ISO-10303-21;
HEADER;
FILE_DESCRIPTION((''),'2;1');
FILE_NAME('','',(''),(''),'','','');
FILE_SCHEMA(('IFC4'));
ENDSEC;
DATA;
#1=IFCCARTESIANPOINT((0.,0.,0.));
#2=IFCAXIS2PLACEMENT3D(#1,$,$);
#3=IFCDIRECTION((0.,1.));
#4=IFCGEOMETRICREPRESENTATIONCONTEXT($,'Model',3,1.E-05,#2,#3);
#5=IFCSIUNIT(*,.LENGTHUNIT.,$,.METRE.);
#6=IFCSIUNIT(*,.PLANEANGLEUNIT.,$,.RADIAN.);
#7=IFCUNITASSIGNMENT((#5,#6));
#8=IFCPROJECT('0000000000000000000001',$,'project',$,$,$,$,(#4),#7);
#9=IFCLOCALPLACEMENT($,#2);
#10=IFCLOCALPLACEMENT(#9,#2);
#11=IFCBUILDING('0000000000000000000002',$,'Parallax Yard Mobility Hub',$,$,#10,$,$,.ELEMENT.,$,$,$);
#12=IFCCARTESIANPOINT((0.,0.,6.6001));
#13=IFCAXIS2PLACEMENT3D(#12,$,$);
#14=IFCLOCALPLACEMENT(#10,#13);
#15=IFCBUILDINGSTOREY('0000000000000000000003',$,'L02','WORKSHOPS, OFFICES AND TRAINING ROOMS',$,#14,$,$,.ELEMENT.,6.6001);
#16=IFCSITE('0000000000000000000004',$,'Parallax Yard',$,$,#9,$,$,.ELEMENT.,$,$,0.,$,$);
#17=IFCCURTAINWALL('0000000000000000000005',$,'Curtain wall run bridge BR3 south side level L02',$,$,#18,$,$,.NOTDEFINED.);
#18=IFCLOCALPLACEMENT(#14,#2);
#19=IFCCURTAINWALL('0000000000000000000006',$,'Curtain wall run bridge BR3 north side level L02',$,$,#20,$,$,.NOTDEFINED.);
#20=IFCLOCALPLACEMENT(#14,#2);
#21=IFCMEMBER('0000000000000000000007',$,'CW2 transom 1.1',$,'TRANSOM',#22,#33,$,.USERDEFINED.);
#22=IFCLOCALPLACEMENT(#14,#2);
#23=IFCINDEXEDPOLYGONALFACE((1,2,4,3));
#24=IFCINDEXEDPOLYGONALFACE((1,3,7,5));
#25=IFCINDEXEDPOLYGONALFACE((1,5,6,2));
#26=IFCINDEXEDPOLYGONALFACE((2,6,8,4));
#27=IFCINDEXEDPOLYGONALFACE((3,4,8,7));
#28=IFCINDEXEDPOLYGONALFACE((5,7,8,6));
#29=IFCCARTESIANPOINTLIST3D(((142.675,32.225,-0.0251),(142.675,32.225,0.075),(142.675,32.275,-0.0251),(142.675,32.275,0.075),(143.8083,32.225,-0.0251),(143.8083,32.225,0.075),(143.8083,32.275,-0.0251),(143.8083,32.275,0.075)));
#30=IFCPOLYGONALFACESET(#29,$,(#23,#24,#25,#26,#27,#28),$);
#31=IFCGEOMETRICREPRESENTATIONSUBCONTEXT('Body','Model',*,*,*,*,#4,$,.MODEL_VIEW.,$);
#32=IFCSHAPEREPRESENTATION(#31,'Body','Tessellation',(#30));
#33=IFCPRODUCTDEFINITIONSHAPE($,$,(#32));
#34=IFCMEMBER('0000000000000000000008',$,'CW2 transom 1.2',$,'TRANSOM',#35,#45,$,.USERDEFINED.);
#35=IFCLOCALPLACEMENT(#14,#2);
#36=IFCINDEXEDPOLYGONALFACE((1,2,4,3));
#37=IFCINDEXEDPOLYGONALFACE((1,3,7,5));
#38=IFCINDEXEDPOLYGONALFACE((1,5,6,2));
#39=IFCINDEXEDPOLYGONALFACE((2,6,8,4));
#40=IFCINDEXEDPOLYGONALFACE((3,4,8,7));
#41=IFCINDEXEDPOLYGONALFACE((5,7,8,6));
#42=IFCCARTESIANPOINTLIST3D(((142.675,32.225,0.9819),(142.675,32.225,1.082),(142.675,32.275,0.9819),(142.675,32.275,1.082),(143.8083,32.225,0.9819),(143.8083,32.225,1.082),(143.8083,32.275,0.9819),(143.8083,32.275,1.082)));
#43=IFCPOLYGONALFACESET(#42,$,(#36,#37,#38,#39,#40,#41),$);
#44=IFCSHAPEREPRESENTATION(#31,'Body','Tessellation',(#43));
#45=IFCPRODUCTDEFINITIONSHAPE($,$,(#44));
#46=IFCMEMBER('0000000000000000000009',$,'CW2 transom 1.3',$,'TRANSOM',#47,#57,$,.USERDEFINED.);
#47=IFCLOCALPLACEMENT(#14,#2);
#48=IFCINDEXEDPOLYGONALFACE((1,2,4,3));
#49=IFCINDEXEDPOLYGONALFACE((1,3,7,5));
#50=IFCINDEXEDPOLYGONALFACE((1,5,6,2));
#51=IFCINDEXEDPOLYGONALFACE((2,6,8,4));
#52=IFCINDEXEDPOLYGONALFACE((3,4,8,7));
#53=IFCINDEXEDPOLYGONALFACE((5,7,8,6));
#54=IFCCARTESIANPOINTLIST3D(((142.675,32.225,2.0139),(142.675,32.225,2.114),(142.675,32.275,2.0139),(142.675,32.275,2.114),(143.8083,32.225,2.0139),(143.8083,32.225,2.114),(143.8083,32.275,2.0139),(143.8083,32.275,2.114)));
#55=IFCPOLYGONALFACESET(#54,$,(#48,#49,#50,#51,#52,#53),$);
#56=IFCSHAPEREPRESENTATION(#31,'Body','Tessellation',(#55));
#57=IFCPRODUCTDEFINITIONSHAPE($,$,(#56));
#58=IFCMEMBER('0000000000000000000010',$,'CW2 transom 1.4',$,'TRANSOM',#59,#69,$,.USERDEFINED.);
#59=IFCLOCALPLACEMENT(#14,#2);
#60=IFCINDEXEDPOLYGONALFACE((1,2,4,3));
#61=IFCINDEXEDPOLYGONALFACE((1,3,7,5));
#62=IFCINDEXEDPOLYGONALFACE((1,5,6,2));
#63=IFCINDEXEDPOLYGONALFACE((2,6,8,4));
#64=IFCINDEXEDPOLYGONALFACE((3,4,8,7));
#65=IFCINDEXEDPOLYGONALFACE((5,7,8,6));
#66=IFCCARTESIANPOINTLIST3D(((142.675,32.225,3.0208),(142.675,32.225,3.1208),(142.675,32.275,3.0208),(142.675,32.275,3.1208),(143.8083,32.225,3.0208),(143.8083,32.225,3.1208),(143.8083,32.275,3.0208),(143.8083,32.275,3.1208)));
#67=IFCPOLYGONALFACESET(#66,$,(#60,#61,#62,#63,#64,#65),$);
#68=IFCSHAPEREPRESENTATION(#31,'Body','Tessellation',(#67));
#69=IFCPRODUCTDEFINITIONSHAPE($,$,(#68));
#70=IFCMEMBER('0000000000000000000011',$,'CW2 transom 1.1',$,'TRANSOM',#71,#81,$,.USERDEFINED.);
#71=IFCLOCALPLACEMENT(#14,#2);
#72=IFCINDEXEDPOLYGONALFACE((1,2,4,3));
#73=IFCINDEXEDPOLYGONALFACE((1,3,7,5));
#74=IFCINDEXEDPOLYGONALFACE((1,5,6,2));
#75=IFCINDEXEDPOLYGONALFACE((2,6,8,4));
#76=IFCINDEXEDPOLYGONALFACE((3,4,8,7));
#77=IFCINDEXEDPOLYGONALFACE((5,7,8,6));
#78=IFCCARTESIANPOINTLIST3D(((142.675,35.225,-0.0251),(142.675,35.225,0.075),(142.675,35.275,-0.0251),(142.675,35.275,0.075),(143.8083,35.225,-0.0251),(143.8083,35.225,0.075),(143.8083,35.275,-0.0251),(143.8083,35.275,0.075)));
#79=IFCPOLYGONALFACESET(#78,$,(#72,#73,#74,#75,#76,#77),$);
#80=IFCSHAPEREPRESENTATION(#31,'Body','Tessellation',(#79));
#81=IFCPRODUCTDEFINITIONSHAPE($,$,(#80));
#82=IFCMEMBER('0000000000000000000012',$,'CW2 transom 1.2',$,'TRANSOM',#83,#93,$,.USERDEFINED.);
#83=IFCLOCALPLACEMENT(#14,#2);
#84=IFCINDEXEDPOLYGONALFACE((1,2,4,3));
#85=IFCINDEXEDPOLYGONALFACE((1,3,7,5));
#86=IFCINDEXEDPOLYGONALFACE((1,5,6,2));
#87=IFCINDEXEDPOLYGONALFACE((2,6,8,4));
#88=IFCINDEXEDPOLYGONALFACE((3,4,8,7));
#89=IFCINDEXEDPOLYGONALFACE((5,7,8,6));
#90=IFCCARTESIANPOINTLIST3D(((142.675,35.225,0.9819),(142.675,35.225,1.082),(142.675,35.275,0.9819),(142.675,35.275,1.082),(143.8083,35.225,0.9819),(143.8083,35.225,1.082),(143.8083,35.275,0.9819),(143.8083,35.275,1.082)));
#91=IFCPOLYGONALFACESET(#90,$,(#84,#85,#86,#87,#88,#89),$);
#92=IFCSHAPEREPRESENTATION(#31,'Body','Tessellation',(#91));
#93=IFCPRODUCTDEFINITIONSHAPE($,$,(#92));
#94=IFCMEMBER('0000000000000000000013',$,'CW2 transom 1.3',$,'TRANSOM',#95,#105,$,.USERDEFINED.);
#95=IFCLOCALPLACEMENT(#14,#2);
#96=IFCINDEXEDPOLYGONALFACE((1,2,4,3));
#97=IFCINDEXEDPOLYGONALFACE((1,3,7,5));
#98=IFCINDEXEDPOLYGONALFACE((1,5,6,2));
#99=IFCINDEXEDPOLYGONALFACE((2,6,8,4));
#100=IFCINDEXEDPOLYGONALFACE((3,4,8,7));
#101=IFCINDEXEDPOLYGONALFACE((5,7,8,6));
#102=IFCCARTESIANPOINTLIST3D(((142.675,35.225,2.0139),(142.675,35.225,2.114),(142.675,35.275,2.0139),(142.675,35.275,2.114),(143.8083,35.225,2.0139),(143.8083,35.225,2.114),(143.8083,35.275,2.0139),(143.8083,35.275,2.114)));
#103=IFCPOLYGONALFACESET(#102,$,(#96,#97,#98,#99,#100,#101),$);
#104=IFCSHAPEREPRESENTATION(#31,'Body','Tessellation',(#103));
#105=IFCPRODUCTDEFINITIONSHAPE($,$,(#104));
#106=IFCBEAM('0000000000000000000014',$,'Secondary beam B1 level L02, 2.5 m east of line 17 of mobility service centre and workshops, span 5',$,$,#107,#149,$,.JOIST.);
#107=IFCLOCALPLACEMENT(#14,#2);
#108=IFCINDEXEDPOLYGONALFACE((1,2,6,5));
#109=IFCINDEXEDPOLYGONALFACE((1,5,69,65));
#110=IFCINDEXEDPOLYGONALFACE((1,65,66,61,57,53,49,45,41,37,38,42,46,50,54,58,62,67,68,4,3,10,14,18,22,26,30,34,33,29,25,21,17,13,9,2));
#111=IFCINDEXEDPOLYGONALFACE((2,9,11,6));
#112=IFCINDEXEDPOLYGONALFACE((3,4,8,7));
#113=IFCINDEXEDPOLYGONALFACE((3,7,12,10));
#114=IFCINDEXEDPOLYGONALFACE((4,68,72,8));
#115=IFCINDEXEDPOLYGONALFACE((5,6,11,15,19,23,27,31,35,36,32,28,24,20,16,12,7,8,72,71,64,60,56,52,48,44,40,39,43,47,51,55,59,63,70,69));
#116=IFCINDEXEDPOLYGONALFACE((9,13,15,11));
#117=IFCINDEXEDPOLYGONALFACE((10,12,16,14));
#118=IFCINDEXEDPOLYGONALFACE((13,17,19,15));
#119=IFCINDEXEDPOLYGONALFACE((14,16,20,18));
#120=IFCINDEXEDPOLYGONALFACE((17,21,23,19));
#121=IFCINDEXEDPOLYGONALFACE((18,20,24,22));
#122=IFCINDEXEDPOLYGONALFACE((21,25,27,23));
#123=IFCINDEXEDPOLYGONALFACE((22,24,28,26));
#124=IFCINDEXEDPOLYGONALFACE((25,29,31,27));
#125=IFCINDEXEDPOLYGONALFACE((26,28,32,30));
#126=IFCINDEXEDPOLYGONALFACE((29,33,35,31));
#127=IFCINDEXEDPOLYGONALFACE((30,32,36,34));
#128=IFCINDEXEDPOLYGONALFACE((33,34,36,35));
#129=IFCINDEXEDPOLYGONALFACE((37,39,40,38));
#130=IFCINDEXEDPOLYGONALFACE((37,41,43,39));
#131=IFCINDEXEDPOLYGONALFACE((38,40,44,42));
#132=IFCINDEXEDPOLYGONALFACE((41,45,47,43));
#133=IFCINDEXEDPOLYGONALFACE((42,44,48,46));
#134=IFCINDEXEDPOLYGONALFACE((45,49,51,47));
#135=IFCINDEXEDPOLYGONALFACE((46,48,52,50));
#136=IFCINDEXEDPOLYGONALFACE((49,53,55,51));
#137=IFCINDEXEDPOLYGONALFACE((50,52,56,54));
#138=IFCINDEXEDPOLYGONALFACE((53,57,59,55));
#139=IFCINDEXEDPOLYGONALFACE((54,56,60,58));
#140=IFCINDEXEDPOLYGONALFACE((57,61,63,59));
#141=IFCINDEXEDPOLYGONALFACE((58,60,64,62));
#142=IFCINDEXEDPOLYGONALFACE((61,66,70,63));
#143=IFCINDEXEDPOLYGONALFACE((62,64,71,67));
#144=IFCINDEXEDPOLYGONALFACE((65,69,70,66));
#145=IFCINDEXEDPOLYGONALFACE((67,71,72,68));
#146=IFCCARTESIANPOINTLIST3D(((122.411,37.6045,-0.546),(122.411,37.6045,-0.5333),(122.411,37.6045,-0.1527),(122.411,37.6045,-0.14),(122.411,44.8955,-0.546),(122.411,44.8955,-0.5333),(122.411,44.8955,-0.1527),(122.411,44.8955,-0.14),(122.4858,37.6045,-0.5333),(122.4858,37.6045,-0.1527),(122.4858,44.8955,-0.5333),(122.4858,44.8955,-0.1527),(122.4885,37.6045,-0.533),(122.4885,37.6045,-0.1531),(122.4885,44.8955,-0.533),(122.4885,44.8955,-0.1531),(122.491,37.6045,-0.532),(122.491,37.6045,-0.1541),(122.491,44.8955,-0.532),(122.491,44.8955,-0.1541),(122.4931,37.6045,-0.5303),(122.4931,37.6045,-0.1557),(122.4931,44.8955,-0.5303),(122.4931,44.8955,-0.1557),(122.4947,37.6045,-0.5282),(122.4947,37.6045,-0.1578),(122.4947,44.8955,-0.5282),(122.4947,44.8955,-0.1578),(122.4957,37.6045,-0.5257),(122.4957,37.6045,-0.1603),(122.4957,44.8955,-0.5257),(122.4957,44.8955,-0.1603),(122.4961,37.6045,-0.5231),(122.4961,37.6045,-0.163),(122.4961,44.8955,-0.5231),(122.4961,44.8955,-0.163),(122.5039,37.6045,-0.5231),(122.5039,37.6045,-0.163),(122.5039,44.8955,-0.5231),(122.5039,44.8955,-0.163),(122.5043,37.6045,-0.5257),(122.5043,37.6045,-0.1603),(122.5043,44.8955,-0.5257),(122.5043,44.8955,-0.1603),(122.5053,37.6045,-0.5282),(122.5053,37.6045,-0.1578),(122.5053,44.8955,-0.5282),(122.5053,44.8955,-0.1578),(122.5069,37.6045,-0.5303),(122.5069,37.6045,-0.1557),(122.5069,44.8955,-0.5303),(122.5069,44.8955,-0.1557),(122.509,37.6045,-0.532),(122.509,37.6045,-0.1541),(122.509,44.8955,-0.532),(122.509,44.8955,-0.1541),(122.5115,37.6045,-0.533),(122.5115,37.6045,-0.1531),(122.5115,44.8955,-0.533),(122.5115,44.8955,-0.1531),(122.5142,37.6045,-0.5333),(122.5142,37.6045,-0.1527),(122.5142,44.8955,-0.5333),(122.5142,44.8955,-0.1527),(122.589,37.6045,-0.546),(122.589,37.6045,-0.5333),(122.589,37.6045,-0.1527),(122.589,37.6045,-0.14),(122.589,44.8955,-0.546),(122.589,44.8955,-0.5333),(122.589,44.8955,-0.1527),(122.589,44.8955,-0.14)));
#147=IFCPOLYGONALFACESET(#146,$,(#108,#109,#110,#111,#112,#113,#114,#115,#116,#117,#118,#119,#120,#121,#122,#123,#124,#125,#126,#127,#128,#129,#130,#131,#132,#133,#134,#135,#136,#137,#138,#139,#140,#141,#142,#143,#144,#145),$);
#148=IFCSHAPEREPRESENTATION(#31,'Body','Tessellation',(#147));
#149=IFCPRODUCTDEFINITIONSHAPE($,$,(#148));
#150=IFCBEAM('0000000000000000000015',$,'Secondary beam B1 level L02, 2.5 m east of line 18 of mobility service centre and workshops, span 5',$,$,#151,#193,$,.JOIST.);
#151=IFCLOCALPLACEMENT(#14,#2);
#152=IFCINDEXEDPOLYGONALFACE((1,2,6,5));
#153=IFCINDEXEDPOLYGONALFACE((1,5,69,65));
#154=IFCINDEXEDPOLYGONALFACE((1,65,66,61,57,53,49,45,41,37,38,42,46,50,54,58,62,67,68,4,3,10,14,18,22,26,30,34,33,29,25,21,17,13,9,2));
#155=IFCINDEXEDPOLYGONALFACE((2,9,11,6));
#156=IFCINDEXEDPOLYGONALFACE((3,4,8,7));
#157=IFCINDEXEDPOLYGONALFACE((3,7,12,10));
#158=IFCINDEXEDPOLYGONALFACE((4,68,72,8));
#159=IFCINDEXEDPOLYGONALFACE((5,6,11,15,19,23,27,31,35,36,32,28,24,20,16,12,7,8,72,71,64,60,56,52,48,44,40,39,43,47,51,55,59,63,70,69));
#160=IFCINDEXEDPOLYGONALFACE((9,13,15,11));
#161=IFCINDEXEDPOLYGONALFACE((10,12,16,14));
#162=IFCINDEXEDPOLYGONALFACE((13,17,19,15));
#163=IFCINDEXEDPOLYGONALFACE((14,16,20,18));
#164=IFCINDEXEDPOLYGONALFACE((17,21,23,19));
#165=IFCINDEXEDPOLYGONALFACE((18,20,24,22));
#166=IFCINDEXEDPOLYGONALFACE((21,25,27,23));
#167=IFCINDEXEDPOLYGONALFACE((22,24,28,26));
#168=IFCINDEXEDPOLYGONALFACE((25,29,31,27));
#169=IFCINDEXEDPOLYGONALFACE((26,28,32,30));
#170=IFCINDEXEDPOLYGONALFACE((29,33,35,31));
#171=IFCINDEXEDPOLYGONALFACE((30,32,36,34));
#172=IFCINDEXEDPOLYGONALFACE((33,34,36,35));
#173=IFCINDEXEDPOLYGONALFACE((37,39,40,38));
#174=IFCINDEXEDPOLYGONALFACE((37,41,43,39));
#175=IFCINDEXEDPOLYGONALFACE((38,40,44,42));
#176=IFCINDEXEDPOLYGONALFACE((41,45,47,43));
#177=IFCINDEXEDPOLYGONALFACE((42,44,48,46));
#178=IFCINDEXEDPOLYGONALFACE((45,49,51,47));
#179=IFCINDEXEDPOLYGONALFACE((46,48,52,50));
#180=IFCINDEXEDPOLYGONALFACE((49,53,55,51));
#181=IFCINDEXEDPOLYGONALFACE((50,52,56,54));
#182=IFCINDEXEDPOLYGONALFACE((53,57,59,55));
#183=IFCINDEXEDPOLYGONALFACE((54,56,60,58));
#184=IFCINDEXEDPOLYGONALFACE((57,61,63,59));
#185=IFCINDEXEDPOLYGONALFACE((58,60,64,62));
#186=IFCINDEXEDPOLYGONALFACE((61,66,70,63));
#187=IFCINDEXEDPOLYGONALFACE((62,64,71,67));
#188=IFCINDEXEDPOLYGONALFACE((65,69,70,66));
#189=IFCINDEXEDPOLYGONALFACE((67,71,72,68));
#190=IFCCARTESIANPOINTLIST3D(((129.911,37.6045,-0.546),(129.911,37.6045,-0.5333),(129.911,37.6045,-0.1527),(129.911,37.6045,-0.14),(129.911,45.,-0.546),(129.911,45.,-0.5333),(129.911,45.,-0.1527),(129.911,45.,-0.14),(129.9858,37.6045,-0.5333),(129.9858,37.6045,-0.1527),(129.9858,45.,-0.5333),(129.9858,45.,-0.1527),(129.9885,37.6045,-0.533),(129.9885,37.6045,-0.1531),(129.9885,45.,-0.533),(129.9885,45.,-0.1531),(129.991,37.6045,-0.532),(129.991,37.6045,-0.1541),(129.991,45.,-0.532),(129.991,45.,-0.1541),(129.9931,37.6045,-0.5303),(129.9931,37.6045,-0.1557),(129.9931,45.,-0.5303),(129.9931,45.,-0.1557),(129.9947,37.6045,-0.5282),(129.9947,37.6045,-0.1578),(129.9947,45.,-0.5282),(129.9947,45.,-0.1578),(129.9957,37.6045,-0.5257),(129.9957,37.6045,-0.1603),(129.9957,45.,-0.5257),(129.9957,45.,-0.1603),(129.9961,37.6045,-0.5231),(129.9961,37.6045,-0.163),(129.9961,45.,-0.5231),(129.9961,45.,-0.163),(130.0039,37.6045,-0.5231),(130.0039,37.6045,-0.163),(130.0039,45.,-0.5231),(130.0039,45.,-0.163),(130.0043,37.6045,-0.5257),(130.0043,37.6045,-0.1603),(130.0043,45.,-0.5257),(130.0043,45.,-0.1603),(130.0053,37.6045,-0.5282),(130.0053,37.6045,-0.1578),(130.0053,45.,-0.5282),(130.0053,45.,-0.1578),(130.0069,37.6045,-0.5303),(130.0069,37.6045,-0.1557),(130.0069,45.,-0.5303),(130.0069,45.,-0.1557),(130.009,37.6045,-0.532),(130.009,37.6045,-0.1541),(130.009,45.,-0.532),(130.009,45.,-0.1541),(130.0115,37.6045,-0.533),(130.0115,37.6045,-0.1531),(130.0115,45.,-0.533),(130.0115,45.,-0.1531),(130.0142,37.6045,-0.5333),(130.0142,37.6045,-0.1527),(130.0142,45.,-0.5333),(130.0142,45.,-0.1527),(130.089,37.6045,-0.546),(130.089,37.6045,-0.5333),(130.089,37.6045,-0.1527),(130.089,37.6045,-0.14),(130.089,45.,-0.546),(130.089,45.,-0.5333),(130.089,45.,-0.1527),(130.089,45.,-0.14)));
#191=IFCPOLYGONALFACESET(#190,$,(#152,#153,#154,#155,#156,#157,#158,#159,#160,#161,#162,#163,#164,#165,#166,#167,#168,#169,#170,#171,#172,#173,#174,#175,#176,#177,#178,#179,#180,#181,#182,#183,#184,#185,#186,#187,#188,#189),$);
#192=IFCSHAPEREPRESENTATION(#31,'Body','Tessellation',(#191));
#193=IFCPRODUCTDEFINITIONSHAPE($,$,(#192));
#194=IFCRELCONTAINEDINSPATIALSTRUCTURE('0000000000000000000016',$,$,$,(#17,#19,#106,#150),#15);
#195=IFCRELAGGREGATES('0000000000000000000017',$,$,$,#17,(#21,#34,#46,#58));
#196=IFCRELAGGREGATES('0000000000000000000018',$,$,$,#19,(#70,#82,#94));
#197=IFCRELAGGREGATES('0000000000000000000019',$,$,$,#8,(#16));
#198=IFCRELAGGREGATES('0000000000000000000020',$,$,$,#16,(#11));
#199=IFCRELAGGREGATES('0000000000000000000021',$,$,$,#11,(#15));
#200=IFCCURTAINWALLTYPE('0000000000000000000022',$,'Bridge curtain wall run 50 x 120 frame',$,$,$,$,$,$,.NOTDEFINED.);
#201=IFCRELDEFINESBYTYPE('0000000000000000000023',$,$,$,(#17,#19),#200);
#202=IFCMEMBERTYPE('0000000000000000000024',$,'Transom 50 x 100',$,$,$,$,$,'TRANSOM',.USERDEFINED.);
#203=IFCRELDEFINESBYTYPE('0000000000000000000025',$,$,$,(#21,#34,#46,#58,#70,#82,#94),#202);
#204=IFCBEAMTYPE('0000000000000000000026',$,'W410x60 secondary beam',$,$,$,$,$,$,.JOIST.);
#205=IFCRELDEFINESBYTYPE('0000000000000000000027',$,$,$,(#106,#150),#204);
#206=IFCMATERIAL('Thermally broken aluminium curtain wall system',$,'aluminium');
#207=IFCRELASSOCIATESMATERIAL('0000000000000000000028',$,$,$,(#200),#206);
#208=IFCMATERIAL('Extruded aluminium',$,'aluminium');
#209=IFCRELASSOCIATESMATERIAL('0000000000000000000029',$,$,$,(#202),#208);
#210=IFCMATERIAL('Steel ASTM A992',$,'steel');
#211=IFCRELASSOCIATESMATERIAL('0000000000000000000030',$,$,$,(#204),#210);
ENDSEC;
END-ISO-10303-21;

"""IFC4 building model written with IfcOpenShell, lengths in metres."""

from ifc_helpers import new_model, si_unit, direction, frame, origin, origin_2d, place, context, subcontext, project, spatial, rectangle, i_section, extrude, material, material_profile, profile_set, type_object, element, aggregate, save


model = new_model("IFC4")

# Units and contexts
model_context = context("Model", 3, precision=1e-05, world=origin(), true_north=direction((0.0, 1.0)))
body_context = subcontext(model_context, "Body", "Model", "MODEL_VIEW")
ifc_project = project(units=[si_unit("LENGTHUNIT", "METRE"), si_unit("PLANEANGLEUNIT", "RADIAN")], contexts=[model_context])

# Site, building, storey
site_placement = place(None, origin())
site = spatial("IfcSite", under=ifc_project, at=site_placement, Name="Parallax Yard", CompositionType="ELEMENT", RefElevation=0.0)
building_placement = place(site_placement, origin())
building = spatial("IfcBuilding", under=site, at=building_placement, Name="Parallax Yard Mobility Hub", CompositionType="ELEMENT")
storey_placement = place(building_placement, frame((0.0, 0.0, 6.6001)))
storey = spatial("IfcBuildingStorey", under=building, at=storey_placement, Name="L02", Description="WORKSHOPS, OFFICES AND TRAINING ROOMS", CompositionType="ELEMENT", Elevation=6.6001)

# Shared definitions
ifc_material_1 = material(Name="Steel ASTM A992", Category="steel")

# Curtain walls
ifc_material_2 = material(Name="Thermally broken aluminium curtain wall system", Category="aluminium")
curtain_wall_type = type_object("IfcCurtainWallType", Name="Bridge curtain wall run 50 x 120 frame", PredefinedType="NOTDEFINED", material=ifc_material_2)
curtain_wall_1_placement = place(storey_placement, origin())
curtain_wall_1 = element("IfcCurtainWall", 1, at=curtain_wall_1_placement, inside=storey, type_object=curtain_wall_type, Name="Curtain wall run bridge BR3 south side level L02", PredefinedType="NOTDEFINED")
ifc_material_3 = material(Name="Extruded aluminium", Category="aluminium")
curtain_wall_2_placement = place(storey_placement, origin())
curtain_wall_2 = element("IfcCurtainWall", 2, at=curtain_wall_2_placement, inside=storey, type_object=curtain_wall_type, Name="Curtain wall run bridge BR3 north side level L02", PredefinedType="NOTDEFINED")

# Members
ifc_material_profile_1 = material_profile(ifc_material_3, rectangle(XDim=0.05, YDim=0.1001, at=origin_2d()), Name="Transom 50 x 100")
ifc_profile_set_1 = profile_set([ifc_material_profile_1], Name="Extruded aluminium")
member_type_1 = type_object("IfcMemberType", Name="Transom 50 x 100", ElementType="TRANSOM", PredefinedType="USERDEFINED", material=ifc_profile_set_1)
member_1_placement = place(storey_placement, frame((142.675, 32.25, 0.0249), z_axis=(1.0, 0.0, 0.0), x_axis=(0.0, 1.0, 0.0)))
member_1 = element("IfcMember", 3, at=member_1_placement, type_object=member_type_1, Name="CW2 transom 1.1", ObjectType="TRANSOM", PredefinedType="USERDEFINED", context=body_context, shape_type="SweptSolid", body=[
    extrude(rectangle(XDim=0.05, YDim=0.1001, at=origin_2d()), origin(), (0.0, 0.0, 1.0), 1.1333),
])
member_2_placement = place(storey_placement, frame((142.675, 32.25, 1.032), z_axis=(1.0, 0.0, 0.0), x_axis=(0.0, 1.0, 0.0)))
member_2 = element("IfcMember", 4, at=member_2_placement, type_object=member_type_1, Name="CW2 transom 1.2", ObjectType="TRANSOM", PredefinedType="USERDEFINED", context=body_context, shape_type="SweptSolid", body=[
    extrude(rectangle(XDim=0.05, YDim=0.1001, at=origin_2d()), origin(), (0.0, 0.0, 1.0), 1.1333),
])
member_3_placement = place(storey_placement, frame((142.675, 32.25, 2.064), z_axis=(1.0, 0.0, 0.0), x_axis=(0.0, 1.0, 0.0)))
member_3 = element("IfcMember", 5, at=member_3_placement, type_object=member_type_1, Name="CW2 transom 1.3", ObjectType="TRANSOM", PredefinedType="USERDEFINED", context=body_context, shape_type="SweptSolid", body=[
    extrude(rectangle(XDim=0.05, YDim=0.1001, at=origin_2d()), origin(), (0.0, 0.0, 1.0), 1.1333),
])
member_4_placement = place(storey_placement, frame((142.675, 32.25, 3.0708), z_axis=(1.0, 0.0, 0.0), x_axis=(0.0, 1.0, 0.0)))
member_4 = element("IfcMember", 6, at=member_4_placement, type_object=member_type_1, Name="CW2 transom 1.4", ObjectType="TRANSOM", PredefinedType="USERDEFINED", context=body_context, shape_type="SweptSolid", body=[
    extrude(rectangle(XDim=0.05, YDim=0.1001, at=origin_2d()), origin(), (0.0, 0.0, 1.0), 1.1333),
])
aggregate(curtain_wall_1, [member_1, member_2, member_3, member_4])
member_5_placement = place(storey_placement, frame((142.675, 35.25, 0.0249), z_axis=(1.0, 0.0, 0.0), x_axis=(0.0, 1.0, 0.0)))
member_5 = element("IfcMember", 7, at=member_5_placement, type_object=member_type_1, Name="CW2 transom 1.1", ObjectType="TRANSOM", PredefinedType="USERDEFINED", context=body_context, shape_type="SweptSolid", body=[
    extrude(rectangle(XDim=0.05, YDim=0.1001, at=origin_2d()), origin(), (0.0, 0.0, 1.0), 1.1333),
])
member_6_placement = place(storey_placement, frame((142.675, 35.25, 1.032), z_axis=(1.0, 0.0, 0.0), x_axis=(0.0, 1.0, 0.0)))
member_6 = element("IfcMember", 8, at=member_6_placement, type_object=member_type_1, Name="CW2 transom 1.2", ObjectType="TRANSOM", PredefinedType="USERDEFINED", context=body_context, shape_type="SweptSolid", body=[
    extrude(rectangle(XDim=0.05, YDim=0.1001, at=origin_2d()), origin(), (0.0, 0.0, 1.0), 1.1333),
])
member_7_placement = place(storey_placement, frame((142.675, 35.25, 2.064), z_axis=(1.0, 0.0, 0.0), x_axis=(0.0, 1.0, 0.0)))
member_7 = element("IfcMember", 9, at=member_7_placement, type_object=member_type_1, Name="CW2 transom 1.3", ObjectType="TRANSOM", PredefinedType="USERDEFINED", context=body_context, shape_type="SweptSolid", body=[
    extrude(rectangle(XDim=0.05, YDim=0.1001, at=origin_2d()), origin(), (0.0, 0.0, 1.0), 1.1333),
])
aggregate(curtain_wall_2, [member_5, member_6, member_7])

# Beams
ifc_material_profile_2 = material_profile(ifc_material_1, i_section(OverallWidth=0.178, OverallDepth=0.406, WebThickness=0.0078, FlangeThickness=0.0127, FilletRadius=0.0103, at=origin_2d()), Name="W410x60")
ifc_profile_set_2 = profile_set([ifc_material_profile_2], Name="Steel ASTM A992")
beam_type_1 = type_object("IfcBeamType", Name="W410x60 secondary beam", PredefinedType="JOIST", material=ifc_profile_set_2)
beam_1_placement = place(storey_placement, frame((122.5, 37.6045, -0.343), z_axis=(0.0, 1.0, 0.0), x_axis=(-1.0, 0.0, 0.0)))
element("IfcBeam", 10, at=beam_1_placement, inside=storey, type_object=beam_type_1, Name="Secondary beam B1 level L02, 2.5 m east of line 17 of mobility service centre and workshops, span 5", PredefinedType="JOIST", context=body_context, shape_type="SweptSolid", body=[
    extrude(i_section(OverallWidth=0.178, OverallDepth=0.406, WebThickness=0.0078, FlangeThickness=0.0127, FilletRadius=0.0103, at=origin_2d()), origin(), (0.0, 0.0, 1.0), 7.291),
])
for number, where, z_axis, x_axis, name in (
    (11, (130.0, 37.6045, -0.343), (0.0, 1.0, 0.0), (-1.0, 0.0, 0.0), "Secondary beam B1 level L02, 2.5 m east of line 18 of mobility service centre and workshops, span 5"),
):
    element("IfcBeam", number, at=place(storey_placement, frame(where, z_axis=z_axis, x_axis=x_axis)), inside=storey, type_object=beam_type_1, Name=name, PredefinedType="JOIST", context=body_context, shape_type="SweptSolid", body=[
        extrude(i_section(OverallWidth=0.178, OverallDepth=0.406, WebThickness=0.0078, FlangeThickness=0.0127, FilletRadius=0.0103, at=origin_2d()), origin(), (0.0, 0.0, 1.0), 7.3955),
    ])

save(model, "model.ifc")
